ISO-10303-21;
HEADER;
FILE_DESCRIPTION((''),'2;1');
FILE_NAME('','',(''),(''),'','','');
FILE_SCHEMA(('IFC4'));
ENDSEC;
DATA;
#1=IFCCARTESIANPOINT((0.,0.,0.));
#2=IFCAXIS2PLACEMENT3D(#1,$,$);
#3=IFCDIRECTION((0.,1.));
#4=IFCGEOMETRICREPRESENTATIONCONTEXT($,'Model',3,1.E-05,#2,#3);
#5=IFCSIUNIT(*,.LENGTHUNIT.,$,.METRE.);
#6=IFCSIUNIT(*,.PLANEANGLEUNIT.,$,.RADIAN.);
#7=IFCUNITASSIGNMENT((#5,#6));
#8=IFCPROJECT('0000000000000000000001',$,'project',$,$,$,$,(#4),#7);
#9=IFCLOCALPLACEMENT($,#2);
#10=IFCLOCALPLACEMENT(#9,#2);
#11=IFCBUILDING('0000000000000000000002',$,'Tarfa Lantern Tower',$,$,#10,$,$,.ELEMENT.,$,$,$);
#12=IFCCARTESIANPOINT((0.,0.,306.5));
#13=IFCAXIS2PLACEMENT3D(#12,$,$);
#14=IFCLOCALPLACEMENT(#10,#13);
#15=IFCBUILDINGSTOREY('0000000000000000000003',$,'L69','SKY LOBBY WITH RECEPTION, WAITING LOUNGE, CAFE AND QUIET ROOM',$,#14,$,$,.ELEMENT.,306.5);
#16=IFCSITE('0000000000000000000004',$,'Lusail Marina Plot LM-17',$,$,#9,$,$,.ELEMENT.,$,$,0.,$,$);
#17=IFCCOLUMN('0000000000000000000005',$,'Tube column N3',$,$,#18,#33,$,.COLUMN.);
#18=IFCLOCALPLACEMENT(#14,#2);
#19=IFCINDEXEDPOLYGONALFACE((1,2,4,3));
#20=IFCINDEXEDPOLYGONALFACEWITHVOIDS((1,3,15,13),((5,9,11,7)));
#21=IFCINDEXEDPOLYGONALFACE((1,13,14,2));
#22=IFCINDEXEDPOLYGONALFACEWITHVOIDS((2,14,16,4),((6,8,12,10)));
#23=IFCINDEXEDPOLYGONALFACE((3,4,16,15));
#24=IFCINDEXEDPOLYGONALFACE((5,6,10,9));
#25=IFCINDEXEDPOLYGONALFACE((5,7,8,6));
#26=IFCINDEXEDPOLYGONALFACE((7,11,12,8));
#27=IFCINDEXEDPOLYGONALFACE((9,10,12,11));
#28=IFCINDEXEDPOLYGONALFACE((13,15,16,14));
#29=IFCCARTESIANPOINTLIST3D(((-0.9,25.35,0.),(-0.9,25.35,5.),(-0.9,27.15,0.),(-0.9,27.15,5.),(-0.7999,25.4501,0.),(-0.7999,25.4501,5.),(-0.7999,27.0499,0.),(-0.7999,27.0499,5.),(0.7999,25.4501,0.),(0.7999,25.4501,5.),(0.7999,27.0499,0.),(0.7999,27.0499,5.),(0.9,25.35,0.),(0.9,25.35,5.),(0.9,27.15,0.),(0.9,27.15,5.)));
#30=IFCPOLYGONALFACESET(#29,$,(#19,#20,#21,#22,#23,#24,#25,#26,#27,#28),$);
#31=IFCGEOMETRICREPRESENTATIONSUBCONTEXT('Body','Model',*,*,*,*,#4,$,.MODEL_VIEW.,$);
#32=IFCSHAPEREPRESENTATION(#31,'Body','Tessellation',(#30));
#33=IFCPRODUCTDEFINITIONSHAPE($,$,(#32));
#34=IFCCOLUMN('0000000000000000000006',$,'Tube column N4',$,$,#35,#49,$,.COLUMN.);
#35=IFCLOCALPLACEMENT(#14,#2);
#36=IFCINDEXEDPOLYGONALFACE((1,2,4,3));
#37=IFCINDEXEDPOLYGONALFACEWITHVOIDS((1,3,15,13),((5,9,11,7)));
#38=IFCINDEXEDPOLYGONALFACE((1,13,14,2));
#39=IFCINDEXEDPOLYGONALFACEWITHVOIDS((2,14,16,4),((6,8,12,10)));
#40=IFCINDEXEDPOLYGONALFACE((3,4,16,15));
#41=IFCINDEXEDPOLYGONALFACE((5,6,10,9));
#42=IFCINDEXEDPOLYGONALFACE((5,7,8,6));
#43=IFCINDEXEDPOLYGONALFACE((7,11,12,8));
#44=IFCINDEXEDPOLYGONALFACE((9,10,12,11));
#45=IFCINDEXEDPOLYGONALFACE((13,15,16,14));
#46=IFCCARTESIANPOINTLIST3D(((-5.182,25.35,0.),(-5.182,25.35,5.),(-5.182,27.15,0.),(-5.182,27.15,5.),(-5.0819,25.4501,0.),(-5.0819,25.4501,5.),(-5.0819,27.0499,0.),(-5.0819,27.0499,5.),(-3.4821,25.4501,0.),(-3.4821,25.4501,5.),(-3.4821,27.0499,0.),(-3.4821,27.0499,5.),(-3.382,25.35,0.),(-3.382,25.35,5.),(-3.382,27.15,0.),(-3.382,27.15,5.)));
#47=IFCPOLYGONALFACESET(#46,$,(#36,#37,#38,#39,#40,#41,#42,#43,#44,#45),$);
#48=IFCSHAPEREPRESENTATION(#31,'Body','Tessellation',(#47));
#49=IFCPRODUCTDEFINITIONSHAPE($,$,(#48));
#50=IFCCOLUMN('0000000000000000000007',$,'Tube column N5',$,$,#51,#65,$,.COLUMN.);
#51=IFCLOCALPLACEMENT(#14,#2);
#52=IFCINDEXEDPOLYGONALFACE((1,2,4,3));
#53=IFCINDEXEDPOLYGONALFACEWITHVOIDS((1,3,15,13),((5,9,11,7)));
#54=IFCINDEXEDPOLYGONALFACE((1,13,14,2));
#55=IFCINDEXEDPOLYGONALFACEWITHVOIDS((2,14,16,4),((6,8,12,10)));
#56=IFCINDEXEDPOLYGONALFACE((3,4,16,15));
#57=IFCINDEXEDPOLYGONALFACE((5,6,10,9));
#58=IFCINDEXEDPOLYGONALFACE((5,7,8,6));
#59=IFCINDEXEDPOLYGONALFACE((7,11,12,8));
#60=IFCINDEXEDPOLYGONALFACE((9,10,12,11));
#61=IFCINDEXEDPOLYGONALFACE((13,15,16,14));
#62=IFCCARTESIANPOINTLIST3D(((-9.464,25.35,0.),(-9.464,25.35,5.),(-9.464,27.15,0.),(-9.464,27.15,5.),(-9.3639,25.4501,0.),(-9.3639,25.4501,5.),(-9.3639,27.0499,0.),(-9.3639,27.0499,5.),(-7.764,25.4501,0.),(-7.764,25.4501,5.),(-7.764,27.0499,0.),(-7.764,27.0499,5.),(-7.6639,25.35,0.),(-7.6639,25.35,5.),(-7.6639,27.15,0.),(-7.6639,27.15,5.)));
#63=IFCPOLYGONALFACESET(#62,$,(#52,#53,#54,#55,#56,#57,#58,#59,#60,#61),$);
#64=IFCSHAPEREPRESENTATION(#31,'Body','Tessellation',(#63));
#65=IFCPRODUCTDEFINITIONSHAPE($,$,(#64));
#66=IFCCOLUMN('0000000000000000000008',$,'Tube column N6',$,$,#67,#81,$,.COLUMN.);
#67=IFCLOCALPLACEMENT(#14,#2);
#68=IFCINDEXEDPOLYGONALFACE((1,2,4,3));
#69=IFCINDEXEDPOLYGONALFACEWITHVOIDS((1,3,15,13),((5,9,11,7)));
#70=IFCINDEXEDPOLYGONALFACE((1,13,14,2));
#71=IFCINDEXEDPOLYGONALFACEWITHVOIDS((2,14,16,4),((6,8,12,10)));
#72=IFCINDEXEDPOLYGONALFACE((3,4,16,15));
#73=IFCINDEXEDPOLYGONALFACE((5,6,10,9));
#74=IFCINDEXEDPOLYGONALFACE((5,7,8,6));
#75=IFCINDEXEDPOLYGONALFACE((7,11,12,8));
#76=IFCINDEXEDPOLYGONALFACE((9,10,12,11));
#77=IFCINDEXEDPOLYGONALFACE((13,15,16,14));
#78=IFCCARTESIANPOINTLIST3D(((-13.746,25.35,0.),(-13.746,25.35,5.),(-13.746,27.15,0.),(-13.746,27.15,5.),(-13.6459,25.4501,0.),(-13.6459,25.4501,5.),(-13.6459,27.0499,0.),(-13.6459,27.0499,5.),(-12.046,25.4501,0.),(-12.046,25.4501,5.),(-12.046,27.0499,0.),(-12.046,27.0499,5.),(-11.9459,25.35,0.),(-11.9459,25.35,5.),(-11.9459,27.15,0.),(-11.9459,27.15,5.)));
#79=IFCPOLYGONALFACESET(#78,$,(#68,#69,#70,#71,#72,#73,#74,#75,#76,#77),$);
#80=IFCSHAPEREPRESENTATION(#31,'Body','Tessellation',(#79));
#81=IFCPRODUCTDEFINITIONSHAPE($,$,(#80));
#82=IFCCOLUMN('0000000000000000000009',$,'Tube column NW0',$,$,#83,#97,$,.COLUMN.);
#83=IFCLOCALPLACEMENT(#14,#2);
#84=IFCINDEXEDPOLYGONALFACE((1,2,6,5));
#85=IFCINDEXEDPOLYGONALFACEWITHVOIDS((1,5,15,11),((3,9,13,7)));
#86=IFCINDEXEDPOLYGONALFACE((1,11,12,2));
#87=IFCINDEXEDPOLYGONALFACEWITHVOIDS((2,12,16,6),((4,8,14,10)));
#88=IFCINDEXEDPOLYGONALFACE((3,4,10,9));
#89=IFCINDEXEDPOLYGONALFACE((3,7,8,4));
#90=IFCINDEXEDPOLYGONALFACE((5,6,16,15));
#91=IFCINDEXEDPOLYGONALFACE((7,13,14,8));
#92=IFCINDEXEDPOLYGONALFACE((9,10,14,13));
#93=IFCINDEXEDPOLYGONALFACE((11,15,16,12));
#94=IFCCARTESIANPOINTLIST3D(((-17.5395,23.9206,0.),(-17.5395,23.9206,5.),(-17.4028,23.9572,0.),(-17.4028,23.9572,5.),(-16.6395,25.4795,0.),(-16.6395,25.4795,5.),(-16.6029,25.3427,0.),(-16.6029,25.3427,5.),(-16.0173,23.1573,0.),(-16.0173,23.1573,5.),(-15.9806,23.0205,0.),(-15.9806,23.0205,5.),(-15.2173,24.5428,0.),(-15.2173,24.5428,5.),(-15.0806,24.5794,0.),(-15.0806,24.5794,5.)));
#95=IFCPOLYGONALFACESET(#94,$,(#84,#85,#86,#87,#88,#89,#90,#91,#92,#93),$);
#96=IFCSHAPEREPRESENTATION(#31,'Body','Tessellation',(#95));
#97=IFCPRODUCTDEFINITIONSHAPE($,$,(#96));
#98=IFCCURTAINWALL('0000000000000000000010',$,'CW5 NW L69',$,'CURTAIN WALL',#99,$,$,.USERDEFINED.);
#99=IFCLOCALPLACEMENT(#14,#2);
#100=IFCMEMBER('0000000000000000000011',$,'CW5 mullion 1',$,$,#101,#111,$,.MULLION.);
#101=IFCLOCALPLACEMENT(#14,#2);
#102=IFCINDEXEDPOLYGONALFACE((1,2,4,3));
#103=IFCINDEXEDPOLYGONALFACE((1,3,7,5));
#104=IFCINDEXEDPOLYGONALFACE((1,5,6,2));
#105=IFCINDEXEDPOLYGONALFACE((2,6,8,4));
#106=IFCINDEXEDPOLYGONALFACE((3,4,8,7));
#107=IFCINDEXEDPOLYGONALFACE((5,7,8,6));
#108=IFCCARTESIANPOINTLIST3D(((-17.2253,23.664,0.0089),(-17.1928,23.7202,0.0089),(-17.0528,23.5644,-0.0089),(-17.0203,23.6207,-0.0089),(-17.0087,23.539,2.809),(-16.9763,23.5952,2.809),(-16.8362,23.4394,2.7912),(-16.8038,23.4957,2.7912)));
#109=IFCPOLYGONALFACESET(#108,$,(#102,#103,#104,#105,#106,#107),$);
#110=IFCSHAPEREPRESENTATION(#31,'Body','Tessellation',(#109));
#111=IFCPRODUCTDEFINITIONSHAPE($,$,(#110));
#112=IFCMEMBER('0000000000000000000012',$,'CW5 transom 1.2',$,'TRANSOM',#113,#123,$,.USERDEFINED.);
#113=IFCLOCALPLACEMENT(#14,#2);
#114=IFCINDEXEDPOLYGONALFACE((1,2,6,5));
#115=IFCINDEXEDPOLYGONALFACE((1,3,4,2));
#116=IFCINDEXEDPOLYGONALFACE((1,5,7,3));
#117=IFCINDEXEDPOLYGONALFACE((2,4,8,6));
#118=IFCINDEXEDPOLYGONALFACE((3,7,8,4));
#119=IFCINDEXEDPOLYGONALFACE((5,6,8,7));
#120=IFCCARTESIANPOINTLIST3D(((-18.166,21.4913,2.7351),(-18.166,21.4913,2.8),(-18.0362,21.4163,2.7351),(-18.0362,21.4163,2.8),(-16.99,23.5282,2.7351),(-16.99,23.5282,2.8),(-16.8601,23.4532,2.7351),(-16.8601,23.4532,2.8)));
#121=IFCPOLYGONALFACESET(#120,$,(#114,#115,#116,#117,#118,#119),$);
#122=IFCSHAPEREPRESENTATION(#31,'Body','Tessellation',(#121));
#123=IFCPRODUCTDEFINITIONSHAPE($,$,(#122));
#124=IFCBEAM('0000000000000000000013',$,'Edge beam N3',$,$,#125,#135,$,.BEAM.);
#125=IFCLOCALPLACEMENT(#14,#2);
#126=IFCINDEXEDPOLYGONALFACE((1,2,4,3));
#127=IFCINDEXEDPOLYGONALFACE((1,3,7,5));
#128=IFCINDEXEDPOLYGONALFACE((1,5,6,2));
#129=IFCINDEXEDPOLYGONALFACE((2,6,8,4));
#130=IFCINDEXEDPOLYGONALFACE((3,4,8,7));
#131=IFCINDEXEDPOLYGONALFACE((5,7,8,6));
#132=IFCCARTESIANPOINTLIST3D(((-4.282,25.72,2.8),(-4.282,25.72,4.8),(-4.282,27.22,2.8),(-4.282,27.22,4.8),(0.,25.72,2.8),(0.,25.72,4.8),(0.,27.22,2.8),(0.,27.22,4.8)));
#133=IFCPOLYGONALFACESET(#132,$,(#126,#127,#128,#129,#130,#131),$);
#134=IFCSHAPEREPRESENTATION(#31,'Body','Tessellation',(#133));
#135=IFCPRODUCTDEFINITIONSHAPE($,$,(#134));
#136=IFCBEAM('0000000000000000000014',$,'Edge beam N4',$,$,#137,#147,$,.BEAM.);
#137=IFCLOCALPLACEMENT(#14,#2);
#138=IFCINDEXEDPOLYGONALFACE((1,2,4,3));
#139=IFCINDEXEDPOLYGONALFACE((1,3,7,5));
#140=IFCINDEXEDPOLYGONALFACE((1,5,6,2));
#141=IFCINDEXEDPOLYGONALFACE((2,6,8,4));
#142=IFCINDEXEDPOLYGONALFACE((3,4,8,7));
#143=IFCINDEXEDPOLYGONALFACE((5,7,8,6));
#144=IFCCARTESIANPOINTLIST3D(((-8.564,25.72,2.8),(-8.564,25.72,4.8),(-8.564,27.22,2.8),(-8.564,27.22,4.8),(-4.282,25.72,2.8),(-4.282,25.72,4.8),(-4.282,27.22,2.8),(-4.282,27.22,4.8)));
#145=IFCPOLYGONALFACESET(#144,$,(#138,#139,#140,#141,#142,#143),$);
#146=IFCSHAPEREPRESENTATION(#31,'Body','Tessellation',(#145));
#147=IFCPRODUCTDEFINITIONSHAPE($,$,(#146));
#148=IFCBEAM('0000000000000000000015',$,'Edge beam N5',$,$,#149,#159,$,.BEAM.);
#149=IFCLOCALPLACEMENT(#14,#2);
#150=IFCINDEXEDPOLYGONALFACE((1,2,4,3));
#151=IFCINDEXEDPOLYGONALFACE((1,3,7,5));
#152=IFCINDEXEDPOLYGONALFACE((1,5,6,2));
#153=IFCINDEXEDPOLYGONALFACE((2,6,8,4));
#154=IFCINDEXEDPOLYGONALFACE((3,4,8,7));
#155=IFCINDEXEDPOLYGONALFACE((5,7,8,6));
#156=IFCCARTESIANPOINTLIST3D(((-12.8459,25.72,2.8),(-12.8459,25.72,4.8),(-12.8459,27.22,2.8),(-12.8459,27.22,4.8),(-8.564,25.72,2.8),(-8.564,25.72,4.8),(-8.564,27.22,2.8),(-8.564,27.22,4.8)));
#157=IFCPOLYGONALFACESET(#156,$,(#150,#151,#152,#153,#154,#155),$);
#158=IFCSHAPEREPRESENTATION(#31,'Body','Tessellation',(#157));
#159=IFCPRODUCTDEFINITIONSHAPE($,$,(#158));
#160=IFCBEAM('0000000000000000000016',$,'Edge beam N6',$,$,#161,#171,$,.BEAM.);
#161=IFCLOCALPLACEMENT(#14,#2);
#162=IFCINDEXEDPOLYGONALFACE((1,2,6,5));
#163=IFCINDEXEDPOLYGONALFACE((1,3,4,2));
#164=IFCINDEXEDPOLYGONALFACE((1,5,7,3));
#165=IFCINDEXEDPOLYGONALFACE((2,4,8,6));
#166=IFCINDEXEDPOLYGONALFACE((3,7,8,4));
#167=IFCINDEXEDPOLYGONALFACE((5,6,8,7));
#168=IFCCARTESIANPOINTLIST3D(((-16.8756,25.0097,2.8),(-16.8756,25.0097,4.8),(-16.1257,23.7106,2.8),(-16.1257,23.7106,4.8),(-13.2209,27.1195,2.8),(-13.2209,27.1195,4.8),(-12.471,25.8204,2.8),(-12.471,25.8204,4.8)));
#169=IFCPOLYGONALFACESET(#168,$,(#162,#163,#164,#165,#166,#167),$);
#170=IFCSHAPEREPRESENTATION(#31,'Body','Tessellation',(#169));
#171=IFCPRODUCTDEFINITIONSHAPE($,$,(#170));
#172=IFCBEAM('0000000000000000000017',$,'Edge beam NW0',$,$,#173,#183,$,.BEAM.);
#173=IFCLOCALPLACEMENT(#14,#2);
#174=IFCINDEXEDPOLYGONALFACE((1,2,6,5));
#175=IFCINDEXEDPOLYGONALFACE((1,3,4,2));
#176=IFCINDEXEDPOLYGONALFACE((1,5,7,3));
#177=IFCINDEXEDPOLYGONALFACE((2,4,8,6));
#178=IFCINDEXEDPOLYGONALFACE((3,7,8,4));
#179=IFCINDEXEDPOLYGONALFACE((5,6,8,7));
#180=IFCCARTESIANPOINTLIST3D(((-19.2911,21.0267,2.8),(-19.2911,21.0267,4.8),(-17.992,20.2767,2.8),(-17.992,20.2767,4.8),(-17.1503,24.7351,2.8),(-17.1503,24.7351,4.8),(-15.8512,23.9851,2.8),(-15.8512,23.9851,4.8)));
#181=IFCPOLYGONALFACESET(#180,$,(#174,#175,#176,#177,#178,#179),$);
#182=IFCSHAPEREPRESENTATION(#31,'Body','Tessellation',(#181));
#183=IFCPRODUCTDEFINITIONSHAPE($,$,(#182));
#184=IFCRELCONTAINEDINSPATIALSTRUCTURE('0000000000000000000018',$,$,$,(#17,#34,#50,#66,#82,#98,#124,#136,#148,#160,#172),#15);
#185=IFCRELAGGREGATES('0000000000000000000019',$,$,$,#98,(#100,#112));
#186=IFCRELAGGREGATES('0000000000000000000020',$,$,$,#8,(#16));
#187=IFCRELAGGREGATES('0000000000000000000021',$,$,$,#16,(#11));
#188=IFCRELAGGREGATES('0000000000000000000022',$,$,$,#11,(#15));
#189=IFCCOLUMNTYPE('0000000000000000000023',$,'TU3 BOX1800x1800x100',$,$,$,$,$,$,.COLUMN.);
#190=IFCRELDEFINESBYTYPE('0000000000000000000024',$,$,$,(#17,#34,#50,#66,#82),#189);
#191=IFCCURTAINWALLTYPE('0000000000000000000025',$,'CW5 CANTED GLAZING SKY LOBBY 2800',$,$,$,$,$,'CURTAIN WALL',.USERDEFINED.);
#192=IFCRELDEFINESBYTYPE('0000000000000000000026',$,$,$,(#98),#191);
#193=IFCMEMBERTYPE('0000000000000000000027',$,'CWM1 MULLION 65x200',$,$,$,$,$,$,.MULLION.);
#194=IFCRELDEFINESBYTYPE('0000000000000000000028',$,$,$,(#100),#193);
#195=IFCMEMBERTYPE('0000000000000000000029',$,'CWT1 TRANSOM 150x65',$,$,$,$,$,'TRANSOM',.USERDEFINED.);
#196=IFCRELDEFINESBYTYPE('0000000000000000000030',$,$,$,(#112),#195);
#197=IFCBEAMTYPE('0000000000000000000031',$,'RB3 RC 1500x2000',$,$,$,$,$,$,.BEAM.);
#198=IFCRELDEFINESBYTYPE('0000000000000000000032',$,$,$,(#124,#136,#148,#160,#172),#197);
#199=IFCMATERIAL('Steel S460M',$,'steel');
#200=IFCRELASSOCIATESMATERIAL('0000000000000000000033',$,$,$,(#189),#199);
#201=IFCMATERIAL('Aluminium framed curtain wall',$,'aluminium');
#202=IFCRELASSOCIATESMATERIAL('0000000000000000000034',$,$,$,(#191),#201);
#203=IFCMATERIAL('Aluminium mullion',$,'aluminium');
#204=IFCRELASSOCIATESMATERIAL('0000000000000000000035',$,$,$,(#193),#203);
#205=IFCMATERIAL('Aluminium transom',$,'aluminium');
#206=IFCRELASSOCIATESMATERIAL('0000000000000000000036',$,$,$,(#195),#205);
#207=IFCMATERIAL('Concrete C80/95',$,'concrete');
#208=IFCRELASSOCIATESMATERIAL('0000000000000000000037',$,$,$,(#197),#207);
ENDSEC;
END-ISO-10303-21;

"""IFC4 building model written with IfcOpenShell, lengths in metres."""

from ifc_helpers import new_model, si_unit, direction, frame, origin, origin_2d, place, context, subcontext, project, spatial, rectangle, hollow_rectangle, extrude, material, material_profile, profile_set, type_object, element, aggregate, save


model = new_model("IFC4")

# Units and contexts
model_context = context("Model", 3, precision=1e-05, world=origin(), true_north=direction((0.0, 1.0)))
body_context = subcontext(model_context, "Body", "Model", "MODEL_VIEW")
ifc_project = project(units=[si_unit("LENGTHUNIT", "METRE"), si_unit("PLANEANGLEUNIT", "RADIAN")], contexts=[model_context])

# Site, building, storey
site_placement = place(None, origin())
site = spatial("IfcSite", under=ifc_project, at=site_placement, Name="Lusail Marina Plot LM-17", CompositionType="ELEMENT", RefElevation=0.0)
building_placement = place(site_placement, origin())
building = spatial("IfcBuilding", under=site, at=building_placement, Name="Tarfa Lantern Tower", CompositionType="ELEMENT")
storey_placement = place(building_placement, frame((0.0, 0.0, 306.5)))
storey = spatial("IfcBuildingStorey", under=building, at=storey_placement, Name="L69", Description="SKY LOBBY WITH RECEPTION, WAITING LOUNGE, CAFE AND QUIET ROOM", CompositionType="ELEMENT", Elevation=306.5)

# Columns
ifc_material_1 = material(Name="Steel S460M", Category="steel")
ifc_material_profile_1 = material_profile(ifc_material_1, hollow_rectangle(XDim=1.8, YDim=1.8, WallThickness=0.1001, at=origin_2d()), Name="BOX1800x1800x100")
ifc_profile_set_1 = profile_set([ifc_material_profile_1], Name="Steel S460M")
column_type = type_object("IfcColumnType", Name="TU3 BOX1800x1800x100", PredefinedType="COLUMN", material=ifc_profile_set_1)
for number, where, z_axis, x_axis, name in (
    (1, (0.0, 26.25, 0.0), (0.0, 0.0, 1.0), (-1.0, 0.0, 0.0), "Tube column N3"),
    (2, (-4.282, 26.25, 0.0), (0.0, 0.0, 1.0), (-1.0, 0.0, 0.0), "Tube column N4"),
    (3, (-8.564, 26.25, 0.0), (0.0, 0.0, 1.0), (-1.0, 0.0, 0.0), "Tube column N5"),
    (4, (-12.8459, 26.25, 0.0), (0.0, 0.0, 1.0), (-1.0, 0.0, 0.0), "Tube column N6"),
    (5, (-16.3101, 24.25, 0.0), (0.0, 0.0, 1.0), (-0.5, -0.866025, 0.0), "Tube column NW0"),
):
    element("IfcColumn", number, at=place(storey_placement, frame(where, z_axis=z_axis, x_axis=x_axis)), inside=storey, type_object=column_type, Name=name, PredefinedType="COLUMN", context=body_context, shape_type="SweptSolid", body=[
        extrude(hollow_rectangle(XDim=1.8, YDim=1.8, WallThickness=0.1001, at=origin_2d()), origin(), (0.0, 0.0, 1.0), 5.0),
    ])

# Curtain wall, members
ifc_material_2 = material(Name="Aluminium framed curtain wall", Category="aluminium")
curtain_wall_type = type_object("IfcCurtainWallType", Name="CW5 CANTED GLAZING SKY LOBBY 2800", ElementType="CURTAIN WALL", PredefinedType="USERDEFINED", material=ifc_material_2)
curtain_wall_placement = place(storey_placement, origin())
curtain_wall = element("IfcCurtainWall", 6, at=curtain_wall_placement, inside=storey, type_object=curtain_wall_type, Name="CW5 NW L69", ObjectType="CURTAIN WALL", PredefinedType="USERDEFINED")
ifc_material_3 = material(Name="Aluminium mullion", Category="aluminium")
ifc_material_profile_2 = material_profile(ifc_material_3, rectangle(XDim=0.0649, YDim=0.2, at=origin_2d()), Name="AL MULLION 65x200")
ifc_profile_set_2 = profile_set([ifc_material_profile_2], Name="Aluminium mullion")
member_type_1 = type_object("IfcMemberType", Name="CWM1 MULLION 65x200", PredefinedType="MULLION", material=ifc_profile_set_2)
member_1_placement = place(storey_placement, frame((-17.1228, 23.6423, 0.0), z_axis=(0.077032, -0.044465, 0.996037), x_axis=(0.49992, 0.866072, 0.0)))
member_1 = element("IfcMember", 7, at=member_1_placement, type_object=member_type_1, Name="CW5 mullion 1", PredefinedType="MULLION", context=body_context, shape_type="SweptSolid", body=[
    extrude(rectangle(XDim=0.0649, YDim=0.2, at=origin_2d()), origin(), (0.0, 0.0, 1.0), 2.8113),
])
ifc_material_4 = material(Name="Aluminium transom", Category="aluminium")
ifc_material_profile_3 = material_profile(ifc_material_4, rectangle(XDim=0.1499, YDim=0.0649, at=origin_2d()), Name="AL TRANSOM 150x65")
ifc_profile_set_3 = profile_set([ifc_material_profile_3], Name="Aluminium transom")
member_type_2 = type_object("IfcMemberType", Name="CWT1 TRANSOM 150x65", ElementType="TRANSOM", PredefinedType="USERDEFINED", material=ifc_profile_set_3)
member_2_placement = place(storey_placement, frame((-16.925, 23.4907, 2.7676), z_axis=(-0.500013, -0.866018, 0.0), x_axis=(0.866018, -0.500013, 0.0)))
member_2 = element("IfcMember", 8, at=member_2_placement, type_object=member_type_2, Name="CW5 transom 1.2", ObjectType="TRANSOM", PredefinedType="USERDEFINED", context=body_context, shape_type="SweptSolid", body=[
    extrude(rectangle(XDim=0.1499, YDim=0.0649, at=origin_2d()), origin(), (0.0, 0.0, 1.0), 2.3521),
])
aggregate(curtain_wall, [member_1, member_2])

# Beams
ifc_material_5 = material(Name="Concrete C80/95", Category="concrete")
ifc_material_profile_4 = material_profile(ifc_material_5, rectangle(XDim=1.5, YDim=2.0, at=origin_2d()), Name="RC 1500x2000")
ifc_profile_set_4 = profile_set([ifc_material_profile_4], Name="Concrete C80/95")
beam_type_1 = type_object("IfcBeamType", Name="RB3 RC 1500x2000", PredefinedType="BEAM", material=ifc_profile_set_4)
for number, where, z_axis, x_axis, name in (
    (9, (0.0, 26.47, 3.8), (-1.0, 0.0, 0.0), (0.0, -1.0, 0.0), "Edge beam N3"),
    (10, (-4.282, 26.47, 3.8), (-1.0, 0.0, 0.0), (0.0, -1.0, 0.0), "Edge beam N4"),
    (11, (-8.564, 26.47, 3.8), (-1.0, 0.0, 0.0), (0.0, -1.0, 0.0), "Edge beam N5"),
):
    element("IfcBeam", number, at=place(storey_placement, frame(where, z_axis=z_axis, x_axis=x_axis)), inside=storey, type_object=beam_type_1, Name=name, PredefinedType="BEAM", context=body_context, shape_type="SweptSolid", body=[
        extrude(rectangle(XDim=1.5, YDim=2.0, at=origin_2d()), origin(), (0.0, 0.0, 1.0), 4.282),
    ])
beam_1_placement = place(storey_placement, frame((-12.8459, 26.47, 3.8), z_axis=(-0.866049, -0.499959, 0.0), x_axis=(0.499959, -0.866049, 0.0)))
element("IfcBeam", 12, at=beam_1_placement, inside=storey, type_object=beam_type_1, Name="Edge beam N6", PredefinedType="BEAM", context=body_context, shape_type="SweptSolid", body=[
    extrude(rectangle(XDim=1.5, YDim=2.0, at=origin_2d()), origin(), (0.0, 0.0, 1.0), 4.22),
])
beam_2_placement = place(storey_placement, frame((-16.5007, 24.3601, 3.8), z_axis=(-0.499959, -0.866049, 0.0), x_axis=(0.866049, -0.499959, 0.0)))
element("IfcBeam", 13, at=beam_2_placement, inside=storey, type_object=beam_type_1, Name="Edge beam NW0", PredefinedType="BEAM", context=body_context, shape_type="SweptSolid", body=[
    extrude(rectangle(XDim=1.5, YDim=2.0, at=origin_2d()), origin(), (0.0, 0.0, 1.0), 4.282),
])

save(model, "model.ifc")
